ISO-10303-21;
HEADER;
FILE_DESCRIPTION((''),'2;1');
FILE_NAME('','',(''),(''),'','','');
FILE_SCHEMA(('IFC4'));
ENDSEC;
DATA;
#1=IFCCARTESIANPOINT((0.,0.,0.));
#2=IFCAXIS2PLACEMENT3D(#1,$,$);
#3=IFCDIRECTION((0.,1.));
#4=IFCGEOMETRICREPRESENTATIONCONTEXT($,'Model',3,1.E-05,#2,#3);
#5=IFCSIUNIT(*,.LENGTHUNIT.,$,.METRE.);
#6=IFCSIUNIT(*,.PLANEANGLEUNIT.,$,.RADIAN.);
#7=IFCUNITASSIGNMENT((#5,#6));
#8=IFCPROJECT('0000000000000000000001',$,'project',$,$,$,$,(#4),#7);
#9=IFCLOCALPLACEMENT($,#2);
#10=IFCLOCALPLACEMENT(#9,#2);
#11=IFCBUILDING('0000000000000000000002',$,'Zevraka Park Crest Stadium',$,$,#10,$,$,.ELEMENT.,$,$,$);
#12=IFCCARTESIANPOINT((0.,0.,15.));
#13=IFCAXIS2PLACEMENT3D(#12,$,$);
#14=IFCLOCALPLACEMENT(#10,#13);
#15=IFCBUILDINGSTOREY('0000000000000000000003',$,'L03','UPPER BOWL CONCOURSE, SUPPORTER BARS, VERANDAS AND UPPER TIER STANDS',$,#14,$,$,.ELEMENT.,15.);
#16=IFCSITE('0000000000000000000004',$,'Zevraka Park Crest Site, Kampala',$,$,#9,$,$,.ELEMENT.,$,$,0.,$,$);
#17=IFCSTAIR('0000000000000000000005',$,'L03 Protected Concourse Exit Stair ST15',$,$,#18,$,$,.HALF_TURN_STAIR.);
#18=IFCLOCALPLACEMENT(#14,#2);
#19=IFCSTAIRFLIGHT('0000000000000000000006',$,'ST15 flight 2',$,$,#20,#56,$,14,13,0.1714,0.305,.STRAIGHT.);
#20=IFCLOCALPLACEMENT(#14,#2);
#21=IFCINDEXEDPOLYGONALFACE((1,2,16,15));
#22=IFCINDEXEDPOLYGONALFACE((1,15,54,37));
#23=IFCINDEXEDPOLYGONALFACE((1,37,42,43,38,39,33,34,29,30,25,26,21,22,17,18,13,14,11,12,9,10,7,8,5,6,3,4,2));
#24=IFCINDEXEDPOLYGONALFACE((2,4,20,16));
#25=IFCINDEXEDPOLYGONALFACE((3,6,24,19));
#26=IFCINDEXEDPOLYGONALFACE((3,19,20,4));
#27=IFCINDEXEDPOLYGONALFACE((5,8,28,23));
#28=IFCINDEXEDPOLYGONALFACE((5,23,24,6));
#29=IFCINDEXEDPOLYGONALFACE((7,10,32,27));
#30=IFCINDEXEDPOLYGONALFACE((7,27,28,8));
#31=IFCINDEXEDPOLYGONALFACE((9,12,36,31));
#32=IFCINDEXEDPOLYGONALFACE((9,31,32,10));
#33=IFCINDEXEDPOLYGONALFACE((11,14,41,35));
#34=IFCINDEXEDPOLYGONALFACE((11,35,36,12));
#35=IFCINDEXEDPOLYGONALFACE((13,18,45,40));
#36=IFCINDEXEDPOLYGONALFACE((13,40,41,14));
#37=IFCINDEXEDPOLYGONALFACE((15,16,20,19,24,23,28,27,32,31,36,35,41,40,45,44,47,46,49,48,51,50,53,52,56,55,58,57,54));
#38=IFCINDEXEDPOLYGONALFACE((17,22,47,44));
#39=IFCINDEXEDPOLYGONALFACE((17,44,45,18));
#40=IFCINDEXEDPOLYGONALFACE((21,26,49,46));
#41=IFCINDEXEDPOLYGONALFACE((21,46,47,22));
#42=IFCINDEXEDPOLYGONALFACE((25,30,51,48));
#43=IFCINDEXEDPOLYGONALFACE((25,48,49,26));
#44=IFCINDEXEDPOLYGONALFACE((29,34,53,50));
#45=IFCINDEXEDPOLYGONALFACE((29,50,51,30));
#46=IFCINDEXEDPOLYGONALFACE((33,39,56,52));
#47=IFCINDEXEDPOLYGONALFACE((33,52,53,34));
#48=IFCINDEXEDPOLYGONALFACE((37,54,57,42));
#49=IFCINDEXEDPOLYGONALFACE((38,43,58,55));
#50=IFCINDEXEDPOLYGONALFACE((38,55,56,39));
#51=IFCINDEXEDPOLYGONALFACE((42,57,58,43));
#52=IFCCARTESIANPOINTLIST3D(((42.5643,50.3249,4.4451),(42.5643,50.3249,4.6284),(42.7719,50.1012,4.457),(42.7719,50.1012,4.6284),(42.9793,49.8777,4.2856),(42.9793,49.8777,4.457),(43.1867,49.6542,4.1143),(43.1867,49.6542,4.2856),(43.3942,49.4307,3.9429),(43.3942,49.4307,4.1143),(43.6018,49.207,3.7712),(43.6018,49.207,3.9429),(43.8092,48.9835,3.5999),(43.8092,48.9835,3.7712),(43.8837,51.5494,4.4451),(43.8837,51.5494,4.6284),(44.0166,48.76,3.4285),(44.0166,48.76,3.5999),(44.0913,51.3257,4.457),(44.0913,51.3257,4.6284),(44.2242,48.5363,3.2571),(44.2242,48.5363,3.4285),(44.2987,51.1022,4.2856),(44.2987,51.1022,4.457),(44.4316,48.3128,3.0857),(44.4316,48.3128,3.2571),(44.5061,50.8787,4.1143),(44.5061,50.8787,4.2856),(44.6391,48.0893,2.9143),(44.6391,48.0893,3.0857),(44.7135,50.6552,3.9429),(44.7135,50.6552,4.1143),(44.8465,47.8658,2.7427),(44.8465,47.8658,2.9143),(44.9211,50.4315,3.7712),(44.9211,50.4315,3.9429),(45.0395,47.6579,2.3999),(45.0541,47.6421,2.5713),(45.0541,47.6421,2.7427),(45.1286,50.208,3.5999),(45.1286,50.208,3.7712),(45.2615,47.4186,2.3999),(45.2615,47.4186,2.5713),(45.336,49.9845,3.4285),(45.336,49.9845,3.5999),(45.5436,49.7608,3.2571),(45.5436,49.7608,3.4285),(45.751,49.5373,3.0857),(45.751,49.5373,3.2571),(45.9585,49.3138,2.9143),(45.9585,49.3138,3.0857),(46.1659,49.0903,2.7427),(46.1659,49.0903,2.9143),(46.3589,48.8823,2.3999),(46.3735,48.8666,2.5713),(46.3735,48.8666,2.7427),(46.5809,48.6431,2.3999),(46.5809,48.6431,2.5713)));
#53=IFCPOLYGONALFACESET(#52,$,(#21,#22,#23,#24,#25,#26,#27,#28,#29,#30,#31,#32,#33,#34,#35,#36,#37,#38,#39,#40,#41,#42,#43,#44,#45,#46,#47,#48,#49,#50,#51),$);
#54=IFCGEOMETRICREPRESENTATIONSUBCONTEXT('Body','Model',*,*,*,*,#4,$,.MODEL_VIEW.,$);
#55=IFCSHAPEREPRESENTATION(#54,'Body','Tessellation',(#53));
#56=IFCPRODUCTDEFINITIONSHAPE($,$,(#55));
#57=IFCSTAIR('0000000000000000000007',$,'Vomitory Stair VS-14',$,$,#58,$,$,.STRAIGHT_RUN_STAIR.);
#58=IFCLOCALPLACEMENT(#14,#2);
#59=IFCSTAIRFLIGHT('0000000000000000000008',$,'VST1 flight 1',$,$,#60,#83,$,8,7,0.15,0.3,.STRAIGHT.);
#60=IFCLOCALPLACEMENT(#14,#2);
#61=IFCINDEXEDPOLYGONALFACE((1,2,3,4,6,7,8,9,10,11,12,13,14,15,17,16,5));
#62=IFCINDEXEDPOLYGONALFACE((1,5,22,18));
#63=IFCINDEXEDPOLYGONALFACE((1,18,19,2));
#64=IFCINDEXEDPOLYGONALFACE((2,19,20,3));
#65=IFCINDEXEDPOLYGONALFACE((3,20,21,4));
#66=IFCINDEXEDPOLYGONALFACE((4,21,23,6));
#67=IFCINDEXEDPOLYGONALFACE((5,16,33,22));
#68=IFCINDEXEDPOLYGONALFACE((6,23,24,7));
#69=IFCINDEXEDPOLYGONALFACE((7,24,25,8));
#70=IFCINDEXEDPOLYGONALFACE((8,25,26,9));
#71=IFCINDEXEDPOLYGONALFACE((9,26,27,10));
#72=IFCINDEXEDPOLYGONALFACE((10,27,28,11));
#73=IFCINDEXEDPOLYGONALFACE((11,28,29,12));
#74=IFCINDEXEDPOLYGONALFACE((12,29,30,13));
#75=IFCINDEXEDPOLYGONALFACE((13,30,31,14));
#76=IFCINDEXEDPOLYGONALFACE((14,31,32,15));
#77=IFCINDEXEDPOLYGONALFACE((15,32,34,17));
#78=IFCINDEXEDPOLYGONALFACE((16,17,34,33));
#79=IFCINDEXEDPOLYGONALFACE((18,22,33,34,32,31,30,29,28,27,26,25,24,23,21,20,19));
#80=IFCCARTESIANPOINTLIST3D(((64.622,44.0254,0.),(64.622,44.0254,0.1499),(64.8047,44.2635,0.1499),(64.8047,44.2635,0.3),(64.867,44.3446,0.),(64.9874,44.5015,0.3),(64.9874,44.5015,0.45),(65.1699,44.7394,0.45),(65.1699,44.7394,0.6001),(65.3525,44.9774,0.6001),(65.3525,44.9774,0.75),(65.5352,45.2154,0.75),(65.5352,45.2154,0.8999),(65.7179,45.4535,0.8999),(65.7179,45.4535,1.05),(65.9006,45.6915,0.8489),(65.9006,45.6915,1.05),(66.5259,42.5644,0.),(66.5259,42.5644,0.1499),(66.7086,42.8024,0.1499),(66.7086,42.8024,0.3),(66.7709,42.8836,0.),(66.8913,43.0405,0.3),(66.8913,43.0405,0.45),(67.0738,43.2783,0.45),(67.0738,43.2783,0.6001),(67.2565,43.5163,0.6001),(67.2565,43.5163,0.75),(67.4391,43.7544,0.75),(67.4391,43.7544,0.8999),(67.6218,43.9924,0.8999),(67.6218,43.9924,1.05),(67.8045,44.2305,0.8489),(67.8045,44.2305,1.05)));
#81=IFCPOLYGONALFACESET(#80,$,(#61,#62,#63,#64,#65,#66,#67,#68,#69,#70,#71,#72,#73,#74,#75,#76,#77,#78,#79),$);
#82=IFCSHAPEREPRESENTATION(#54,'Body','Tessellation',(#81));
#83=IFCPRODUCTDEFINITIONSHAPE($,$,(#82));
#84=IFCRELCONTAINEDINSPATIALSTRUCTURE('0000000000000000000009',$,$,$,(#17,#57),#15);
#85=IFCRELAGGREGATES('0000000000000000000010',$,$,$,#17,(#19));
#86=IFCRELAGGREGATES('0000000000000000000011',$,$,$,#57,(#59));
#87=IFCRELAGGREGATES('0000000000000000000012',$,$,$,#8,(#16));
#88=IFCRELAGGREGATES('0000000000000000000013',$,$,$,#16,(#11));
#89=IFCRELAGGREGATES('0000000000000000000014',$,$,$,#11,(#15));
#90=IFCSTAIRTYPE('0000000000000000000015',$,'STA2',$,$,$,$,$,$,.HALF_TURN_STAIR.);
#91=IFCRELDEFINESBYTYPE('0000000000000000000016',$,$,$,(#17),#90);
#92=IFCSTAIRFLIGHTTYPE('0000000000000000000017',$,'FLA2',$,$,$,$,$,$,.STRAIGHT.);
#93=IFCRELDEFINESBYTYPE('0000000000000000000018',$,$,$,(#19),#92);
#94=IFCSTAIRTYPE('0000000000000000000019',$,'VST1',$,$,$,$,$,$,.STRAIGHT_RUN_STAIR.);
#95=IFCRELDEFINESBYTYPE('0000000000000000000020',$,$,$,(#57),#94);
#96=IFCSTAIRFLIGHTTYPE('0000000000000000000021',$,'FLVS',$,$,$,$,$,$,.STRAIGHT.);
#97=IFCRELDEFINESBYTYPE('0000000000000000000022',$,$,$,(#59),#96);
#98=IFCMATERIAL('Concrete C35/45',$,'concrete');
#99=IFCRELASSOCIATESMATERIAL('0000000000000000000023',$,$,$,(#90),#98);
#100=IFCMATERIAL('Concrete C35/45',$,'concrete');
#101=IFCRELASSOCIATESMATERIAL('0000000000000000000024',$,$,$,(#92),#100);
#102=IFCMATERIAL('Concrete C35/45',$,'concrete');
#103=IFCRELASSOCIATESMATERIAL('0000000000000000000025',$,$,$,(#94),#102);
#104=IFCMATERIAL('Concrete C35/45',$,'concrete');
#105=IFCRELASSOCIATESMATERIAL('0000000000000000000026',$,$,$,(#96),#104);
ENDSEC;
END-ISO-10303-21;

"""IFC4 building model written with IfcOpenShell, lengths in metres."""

from ifc_helpers import new_model, si_unit, direction, frame, origin, place, context, subcontext, project, spatial, polyline, outline, extrude, material, type_object, element, aggregate, save


model = new_model("IFC4")

# Units and contexts
model_context = context("Model", 3, precision=1e-05, world=origin(), true_north=direction((0.0, 1.0)))
body_context = subcontext(model_context, "Body", "Model", "MODEL_VIEW")
ifc_project = project(units=[si_unit("LENGTHUNIT", "METRE"), si_unit("PLANEANGLEUNIT", "RADIAN")], contexts=[model_context])

# Site, building, storey
site_placement = place(None, origin())
site = spatial("IfcSite", under=ifc_project, at=site_placement, Name="Zevraka Park Crest Site, Kampala", CompositionType="ELEMENT", RefElevation=0.0)
building_placement = place(site_placement, origin())
building = spatial("IfcBuilding", under=site, at=building_placement, Name="Zevraka Park Crest Stadium", CompositionType="ELEMENT")
storey_placement = place(building_placement, frame((0.0, 0.0, 15.0)))
storey = spatial("IfcBuildingStorey", under=building, at=storey_placement, Name="L03", Description="UPPER BOWL CONCOURSE, SUPPORTER BARS, VERANDAS AND UPPER TIER STANDS", CompositionType="ELEMENT", Elevation=15.0)

# Stair, stair flight
ifc_material_1 = material(Name="Concrete C35/45", Category="concrete")
stair_type_1 = type_object("IfcStairType", Name="STA2", PredefinedType="HALF_TURN_STAIR", material=ifc_material_1)
stair_1_placement = place(storey_placement, origin())
stair_1 = element("IfcStair", 1, at=stair_1_placement, inside=storey, type_object=stair_type_1, Name="L03 Protected Concourse Exit Stair ST15", PredefinedType="HALF_TURN_STAIR")
ifc_material_2 = material(Name="Concrete C35/45", Category="concrete")
stair_flight_type_1 = type_object("IfcStairFlightType", Name="FLA2", PredefinedType="STRAIGHT", material=ifc_material_2)
stair_flight_1_placement = place(storey_placement, frame((45.9211, 48.0308, 2.3999), z_axis=(0.0, 0.0, 1.0), x_axis=(-0.680255, 0.732975, 0.0)))
stair_flight_1 = element("IfcStairFlight", 2, at=stair_flight_1_placement, type_object=stair_flight_type_1, Name="ST15 flight 2", NumberOfRisers=14, NumberOfTreads=13, PredefinedType="STRAIGHT", RiserHeight=0.1714, TreadLength=0.305, context=body_context, shape_type="SweptSolid", body=[
    extrude(outline(polyline([(0.0, 0.0), (0.0, 0.1714), (0.3049, 0.1714), (0.3049, 0.3428), (0.6101, 0.3428), (0.6101, 0.5144), (0.915, 0.5144), (0.915, 0.6858), (1.22, 0.6858), (1.22, 0.8572), (1.5249, 0.8572), (1.5249, 1.0286), (1.8301, 1.0286), (1.8301, 1.2), (2.135, 1.2), (2.135, 1.3713), (2.4399, 1.3713), (2.4399, 1.543), (2.7451, 1.543), (2.7451, 1.7144), (3.05, 1.7144), (3.05, 1.8857), (3.355, 1.8857), (3.355, 2.0571), (3.6599, 2.0571), (3.6599, 2.2285), (3.9651, 2.2285), (3.9651, 2.3999), (3.9651, 2.0452), (0.3264, 0.0), (0.0, 0.0)])), frame((0.0, 0.8999, 0.0), z_axis=(0.0, -1.0, 0.0), x_axis=(1.0, 0.0, 0.0)), (0.0, 0.0, 1.0), 1.8),
])
aggregate(stair_1, [stair_flight_1])

# Stair, stair flight
ifc_material_3 = material(Name="Concrete C35/45", Category="concrete")
stair_type_2 = type_object("IfcStairType", Name="VST1", PredefinedType="STRAIGHT_RUN_STAIR", material=ifc_material_3)
stair_2_placement = place(storey_placement, origin())
stair_2 = element("IfcStair", 3, at=stair_2_placement, inside=storey, type_object=stair_type_2, Name="Vomitory Stair VS-14", PredefinedType="STRAIGHT_RUN_STAIR")
ifc_material_4 = material(Name="Concrete C35/45", Category="concrete")
stair_flight_type_2 = type_object("IfcStairFlightType", Name="FLVS", PredefinedType="STRAIGHT", material=ifc_material_4)
stair_flight_2_placement = place(storey_placement, frame((65.574, 43.2949, 0.0), z_axis=(0.0, 0.0, 1.0), x_axis=(0.608797, 0.793326, 0.0)))
stair_flight_2 = element("IfcStairFlight", 4, at=stair_flight_2_placement, type_object=stair_flight_type_2, Name="VST1 flight 1", NumberOfRisers=8, NumberOfTreads=7, PredefinedType="STRAIGHT", RiserHeight=0.15, TreadLength=0.3, context=body_context, shape_type="SweptSolid", body=[
    extrude(outline(polyline([(0.0, 0.0), (0.0, 0.1499), (0.3, 0.1499), (0.3, 0.3), (0.6001, 0.3), (0.6001, 0.45), (0.8999, 0.45), (0.8999, 0.6001), (1.2, 0.6001), (1.2, 0.75), (1.5, 0.75), (1.5, 0.8999), (1.8, 0.8999), (1.8, 1.05), (2.1001, 1.05), (2.1001, 1.2), (2.1001, 0.8489), (0.4023, 0.0), (0.0, 0.0)])), frame((0.0, 1.2, 0.0), z_axis=(0.0, -1.0, 0.0), x_axis=(1.0, 0.0, 0.0)), (0.0, 0.0, 1.0), 2.3999),
])
aggregate(stair_2, [stair_flight_2])

save(model, "model.ifc")
